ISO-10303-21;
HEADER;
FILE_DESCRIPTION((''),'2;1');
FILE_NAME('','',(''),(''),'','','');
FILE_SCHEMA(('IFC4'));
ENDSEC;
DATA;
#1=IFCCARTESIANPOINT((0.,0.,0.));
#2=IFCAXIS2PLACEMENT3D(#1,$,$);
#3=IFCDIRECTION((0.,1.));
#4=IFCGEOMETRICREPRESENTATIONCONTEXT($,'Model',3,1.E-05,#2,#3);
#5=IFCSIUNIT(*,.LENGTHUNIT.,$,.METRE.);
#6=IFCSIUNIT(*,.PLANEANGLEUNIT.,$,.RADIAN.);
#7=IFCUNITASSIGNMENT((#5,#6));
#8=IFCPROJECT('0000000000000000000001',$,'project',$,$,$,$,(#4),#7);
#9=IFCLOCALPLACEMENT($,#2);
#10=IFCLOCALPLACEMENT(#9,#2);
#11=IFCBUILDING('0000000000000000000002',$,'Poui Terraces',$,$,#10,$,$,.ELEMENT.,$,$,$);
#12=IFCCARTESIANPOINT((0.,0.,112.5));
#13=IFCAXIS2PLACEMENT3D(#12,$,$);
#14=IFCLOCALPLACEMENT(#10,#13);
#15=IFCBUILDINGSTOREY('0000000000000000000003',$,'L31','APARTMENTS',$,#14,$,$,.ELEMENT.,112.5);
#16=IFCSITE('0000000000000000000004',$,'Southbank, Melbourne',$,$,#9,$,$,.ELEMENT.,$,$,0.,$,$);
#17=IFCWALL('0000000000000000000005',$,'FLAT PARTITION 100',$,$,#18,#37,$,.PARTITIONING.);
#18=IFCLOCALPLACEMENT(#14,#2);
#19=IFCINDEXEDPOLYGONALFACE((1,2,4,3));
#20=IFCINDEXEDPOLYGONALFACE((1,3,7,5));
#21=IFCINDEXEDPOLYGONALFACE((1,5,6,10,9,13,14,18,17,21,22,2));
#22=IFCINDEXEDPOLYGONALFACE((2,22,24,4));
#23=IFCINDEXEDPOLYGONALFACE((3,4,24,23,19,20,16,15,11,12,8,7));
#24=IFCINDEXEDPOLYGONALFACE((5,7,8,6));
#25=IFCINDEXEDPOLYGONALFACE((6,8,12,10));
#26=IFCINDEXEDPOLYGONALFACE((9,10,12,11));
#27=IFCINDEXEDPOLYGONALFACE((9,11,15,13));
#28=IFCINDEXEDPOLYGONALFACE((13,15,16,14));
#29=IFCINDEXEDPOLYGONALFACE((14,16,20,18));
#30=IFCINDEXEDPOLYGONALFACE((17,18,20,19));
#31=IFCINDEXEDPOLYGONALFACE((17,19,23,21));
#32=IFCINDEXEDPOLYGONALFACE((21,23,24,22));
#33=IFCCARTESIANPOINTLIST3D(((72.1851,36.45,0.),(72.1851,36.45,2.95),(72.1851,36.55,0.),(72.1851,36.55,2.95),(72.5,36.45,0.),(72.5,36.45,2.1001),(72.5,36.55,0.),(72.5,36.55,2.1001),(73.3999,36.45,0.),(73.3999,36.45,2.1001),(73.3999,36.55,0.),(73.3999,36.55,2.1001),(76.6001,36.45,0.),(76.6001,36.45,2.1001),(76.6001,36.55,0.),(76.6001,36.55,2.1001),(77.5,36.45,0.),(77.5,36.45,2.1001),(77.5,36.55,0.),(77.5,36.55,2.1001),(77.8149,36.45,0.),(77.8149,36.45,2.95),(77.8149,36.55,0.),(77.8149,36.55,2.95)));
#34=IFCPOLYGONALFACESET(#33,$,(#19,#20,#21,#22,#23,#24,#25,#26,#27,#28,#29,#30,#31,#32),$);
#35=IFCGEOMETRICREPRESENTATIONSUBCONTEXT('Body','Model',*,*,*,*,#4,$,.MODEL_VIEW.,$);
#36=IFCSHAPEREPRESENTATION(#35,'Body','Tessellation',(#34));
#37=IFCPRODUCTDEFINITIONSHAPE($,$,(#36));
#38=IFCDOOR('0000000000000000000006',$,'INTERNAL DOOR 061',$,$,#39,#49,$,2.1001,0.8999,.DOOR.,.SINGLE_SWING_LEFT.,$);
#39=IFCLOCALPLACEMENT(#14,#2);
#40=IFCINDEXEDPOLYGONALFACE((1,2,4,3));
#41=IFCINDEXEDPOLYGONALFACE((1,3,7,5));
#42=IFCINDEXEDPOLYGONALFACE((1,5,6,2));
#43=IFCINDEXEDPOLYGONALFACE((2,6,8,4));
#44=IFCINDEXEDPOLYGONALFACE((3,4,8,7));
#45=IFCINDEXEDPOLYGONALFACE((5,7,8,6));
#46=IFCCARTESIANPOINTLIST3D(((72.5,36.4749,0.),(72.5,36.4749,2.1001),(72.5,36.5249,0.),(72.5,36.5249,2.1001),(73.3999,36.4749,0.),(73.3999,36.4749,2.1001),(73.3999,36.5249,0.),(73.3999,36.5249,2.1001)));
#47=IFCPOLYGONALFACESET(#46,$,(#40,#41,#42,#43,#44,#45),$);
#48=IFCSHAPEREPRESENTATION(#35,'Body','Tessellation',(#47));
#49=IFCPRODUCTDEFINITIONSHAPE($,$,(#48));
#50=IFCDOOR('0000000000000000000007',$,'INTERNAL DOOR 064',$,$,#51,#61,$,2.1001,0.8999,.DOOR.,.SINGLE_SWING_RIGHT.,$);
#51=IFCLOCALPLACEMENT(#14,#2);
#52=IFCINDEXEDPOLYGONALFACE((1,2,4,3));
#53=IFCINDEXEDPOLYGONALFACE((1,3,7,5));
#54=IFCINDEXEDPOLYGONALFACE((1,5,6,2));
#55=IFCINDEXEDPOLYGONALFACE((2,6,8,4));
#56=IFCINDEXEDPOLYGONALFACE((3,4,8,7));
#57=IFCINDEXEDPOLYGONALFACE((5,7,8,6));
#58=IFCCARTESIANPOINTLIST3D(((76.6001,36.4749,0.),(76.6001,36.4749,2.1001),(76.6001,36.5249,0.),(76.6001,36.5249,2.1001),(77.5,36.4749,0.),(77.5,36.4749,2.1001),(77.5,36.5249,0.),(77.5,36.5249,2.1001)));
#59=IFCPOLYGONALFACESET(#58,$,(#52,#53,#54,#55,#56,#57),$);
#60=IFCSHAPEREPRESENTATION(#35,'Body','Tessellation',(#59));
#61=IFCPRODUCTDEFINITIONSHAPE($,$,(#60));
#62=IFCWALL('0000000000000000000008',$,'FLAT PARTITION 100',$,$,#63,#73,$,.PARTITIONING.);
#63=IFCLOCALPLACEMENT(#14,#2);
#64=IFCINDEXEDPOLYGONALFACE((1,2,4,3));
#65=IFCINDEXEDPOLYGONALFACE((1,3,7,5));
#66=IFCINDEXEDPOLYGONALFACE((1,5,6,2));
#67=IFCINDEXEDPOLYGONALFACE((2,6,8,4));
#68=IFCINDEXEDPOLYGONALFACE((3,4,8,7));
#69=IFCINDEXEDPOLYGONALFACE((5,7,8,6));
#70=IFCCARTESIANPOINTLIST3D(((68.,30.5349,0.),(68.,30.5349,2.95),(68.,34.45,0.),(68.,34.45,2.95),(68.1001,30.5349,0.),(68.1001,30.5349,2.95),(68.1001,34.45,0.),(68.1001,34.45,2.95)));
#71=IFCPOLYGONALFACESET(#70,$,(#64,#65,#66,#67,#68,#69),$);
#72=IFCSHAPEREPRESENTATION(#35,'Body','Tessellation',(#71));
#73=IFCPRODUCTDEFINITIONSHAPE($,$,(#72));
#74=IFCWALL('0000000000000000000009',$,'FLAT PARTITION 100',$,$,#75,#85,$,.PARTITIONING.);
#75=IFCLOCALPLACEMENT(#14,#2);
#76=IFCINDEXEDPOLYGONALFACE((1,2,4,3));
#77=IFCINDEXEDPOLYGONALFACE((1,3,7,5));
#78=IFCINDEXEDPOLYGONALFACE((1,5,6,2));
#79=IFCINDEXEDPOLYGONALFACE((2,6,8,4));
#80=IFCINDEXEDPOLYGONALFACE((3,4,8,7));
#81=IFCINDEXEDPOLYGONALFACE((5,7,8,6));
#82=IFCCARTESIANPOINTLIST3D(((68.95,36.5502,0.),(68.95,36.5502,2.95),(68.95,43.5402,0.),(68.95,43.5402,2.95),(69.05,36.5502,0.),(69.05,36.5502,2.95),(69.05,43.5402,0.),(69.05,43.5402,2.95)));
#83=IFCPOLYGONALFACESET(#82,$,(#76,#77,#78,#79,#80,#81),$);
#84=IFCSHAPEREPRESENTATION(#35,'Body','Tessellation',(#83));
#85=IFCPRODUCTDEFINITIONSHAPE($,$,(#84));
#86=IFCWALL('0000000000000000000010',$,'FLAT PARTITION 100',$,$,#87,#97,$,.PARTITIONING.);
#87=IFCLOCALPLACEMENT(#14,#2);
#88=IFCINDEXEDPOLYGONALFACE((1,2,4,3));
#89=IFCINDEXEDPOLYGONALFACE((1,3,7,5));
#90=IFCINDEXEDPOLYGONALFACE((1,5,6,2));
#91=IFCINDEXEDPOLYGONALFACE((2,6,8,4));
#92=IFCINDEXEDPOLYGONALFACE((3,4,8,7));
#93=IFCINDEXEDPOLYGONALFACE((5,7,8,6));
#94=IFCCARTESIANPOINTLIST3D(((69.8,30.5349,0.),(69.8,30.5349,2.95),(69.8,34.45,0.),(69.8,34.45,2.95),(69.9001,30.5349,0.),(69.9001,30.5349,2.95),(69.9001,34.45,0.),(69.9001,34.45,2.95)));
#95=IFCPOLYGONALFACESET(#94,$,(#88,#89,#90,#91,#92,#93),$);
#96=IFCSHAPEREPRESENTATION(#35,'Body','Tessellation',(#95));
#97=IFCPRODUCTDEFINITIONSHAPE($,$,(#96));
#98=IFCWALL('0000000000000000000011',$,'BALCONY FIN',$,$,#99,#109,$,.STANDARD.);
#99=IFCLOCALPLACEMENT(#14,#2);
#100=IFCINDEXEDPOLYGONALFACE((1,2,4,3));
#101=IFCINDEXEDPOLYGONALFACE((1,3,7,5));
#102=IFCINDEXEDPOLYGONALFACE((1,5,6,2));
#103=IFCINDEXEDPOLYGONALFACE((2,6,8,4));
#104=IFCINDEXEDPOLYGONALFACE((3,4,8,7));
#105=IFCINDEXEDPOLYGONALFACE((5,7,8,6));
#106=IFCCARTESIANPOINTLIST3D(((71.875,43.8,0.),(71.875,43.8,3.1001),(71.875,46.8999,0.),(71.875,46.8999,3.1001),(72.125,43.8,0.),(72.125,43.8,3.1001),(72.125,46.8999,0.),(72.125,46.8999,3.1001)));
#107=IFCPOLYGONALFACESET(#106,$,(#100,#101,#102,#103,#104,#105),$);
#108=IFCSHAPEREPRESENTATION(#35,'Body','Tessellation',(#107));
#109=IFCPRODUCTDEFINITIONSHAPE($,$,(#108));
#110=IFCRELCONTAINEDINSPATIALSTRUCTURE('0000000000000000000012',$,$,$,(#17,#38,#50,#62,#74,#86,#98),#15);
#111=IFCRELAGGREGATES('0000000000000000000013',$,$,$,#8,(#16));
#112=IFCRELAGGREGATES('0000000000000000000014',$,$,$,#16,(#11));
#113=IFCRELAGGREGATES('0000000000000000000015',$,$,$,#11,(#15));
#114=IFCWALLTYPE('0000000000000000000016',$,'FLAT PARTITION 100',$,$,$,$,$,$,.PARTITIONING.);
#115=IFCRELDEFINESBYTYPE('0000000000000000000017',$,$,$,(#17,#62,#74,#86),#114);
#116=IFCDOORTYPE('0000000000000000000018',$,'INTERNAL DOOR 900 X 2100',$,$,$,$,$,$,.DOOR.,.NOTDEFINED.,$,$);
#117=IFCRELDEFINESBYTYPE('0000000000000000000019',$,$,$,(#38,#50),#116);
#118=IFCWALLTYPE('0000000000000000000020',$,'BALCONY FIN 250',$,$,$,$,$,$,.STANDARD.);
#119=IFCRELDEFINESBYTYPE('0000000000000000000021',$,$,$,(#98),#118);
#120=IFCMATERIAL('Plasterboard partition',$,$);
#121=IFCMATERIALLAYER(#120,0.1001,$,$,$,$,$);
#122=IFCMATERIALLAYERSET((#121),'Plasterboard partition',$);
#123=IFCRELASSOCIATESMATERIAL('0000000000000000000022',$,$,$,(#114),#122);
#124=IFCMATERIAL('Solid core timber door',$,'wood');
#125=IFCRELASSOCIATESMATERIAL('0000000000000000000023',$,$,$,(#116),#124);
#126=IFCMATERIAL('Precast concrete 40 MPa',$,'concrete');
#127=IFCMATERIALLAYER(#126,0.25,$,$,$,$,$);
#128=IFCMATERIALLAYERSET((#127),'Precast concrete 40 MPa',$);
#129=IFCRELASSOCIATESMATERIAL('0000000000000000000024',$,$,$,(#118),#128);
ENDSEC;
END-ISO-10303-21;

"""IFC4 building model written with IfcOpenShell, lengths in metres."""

from ifc_helpers import new_model, si_unit, direction, frame, frame_2d, origin, place, context, subcontext, project, spatial, polyline, rectangle, outline, extrude, source, transform, mapped, material, layer, layer_set, type_object, element, fill, save


model = new_model("IFC4")

# Units and contexts
model_context = context("Model", 3, precision=1e-05, world=origin(), true_north=direction((0.0, 1.0)))
body_context = subcontext(model_context, "Body", "Model", "MODEL_VIEW")
ifc_project = project(units=[si_unit("LENGTHUNIT", "METRE"), si_unit("PLANEANGLEUNIT", "RADIAN")], contexts=[model_context])

# Site, building, storey
site_placement = place(None, origin())
site = spatial("IfcSite", under=ifc_project, at=site_placement, Name="Southbank, Melbourne", CompositionType="ELEMENT", RefElevation=0.0)
building_placement = place(site_placement, origin())
building = spatial("IfcBuilding", under=site, at=building_placement, Name="Poui Terraces", CompositionType="ELEMENT")
storey_placement = place(building_placement, frame((0.0, 0.0, 112.5)))
storey = spatial("IfcBuildingStorey", under=building, at=storey_placement, Name="L31", Description="APARTMENTS", CompositionType="ELEMENT", Elevation=112.5)

# Shared definitions
ifc_material_1 = material(Name="Plasterboard partition")
ifc_layer_1 = layer(ifc_material_1, 0.1001)
ifc_layer_set_1 = layer_set([ifc_layer_1], Name="Plasterboard partition")
wall_type_1 = type_object("IfcWallType", Name="FLAT PARTITION 100", PredefinedType="PARTITIONING", material=ifc_layer_set_1)
ifc_material_2 = material(Name="Solid core timber door", Category="wood")
door_type_1 = type_object("IfcDoorType", Name="INTERNAL DOOR 900 X 2100", OperationType="NOTDEFINED", PredefinedType="DOOR", material=ifc_material_2)

# Wall, openings, doors
wall_1_placement = place(storey_placement, frame((72.1851, 36.5, 0.0), z_axis=(0.0, 0.0, 1.0), x_axis=(1.0, 0.0, 0.0)))
wall_1 = element("IfcWall", 1, at=wall_1_placement, inside=storey, type_object=wall_type_1, Name="FLAT PARTITION 100", PredefinedType="PARTITIONING", context=body_context, shape_type="SweptSolid", body=[
    extrude(rectangle(XDim=5.6299, YDim=0.1001, at=frame_2d((2.8149, 0.0))), origin(), (0.0, 0.0, 1.0), 2.95),
])
opening_1_placement = place(wall_1_placement, frame((0.3149, 0.0, 0.0)))
opening_1 = element("IfcOpeningElement", 2, at=opening_1_placement, cuts=wall_1, PredefinedType="OPENING", context=body_context, shape_type="SweptSolid", body=[
    extrude(rectangle(XDim=0.8999, YDim=2.1001, at=frame_2d((0.45, 1.05))), frame((0.0, 0.0601, 0.0), z_axis=(0.0, -1.0, 0.0), x_axis=(1.0, 0.0, 0.0)), (0.0, 0.0, 1.0), 0.1201),
])
opening_2_placement = place(wall_1_placement, frame((4.415, 0.0, 0.0)))
opening_2 = element("IfcOpeningElement", 3, at=opening_2_placement, cuts=wall_1, PredefinedType="OPENING", context=body_context, shape_type="SweptSolid", body=[
    extrude(rectangle(XDim=0.8999, YDim=2.1001, at=frame_2d((0.45, 1.05))), frame((0.0, 0.0601, 0.0), z_axis=(0.0, -1.0, 0.0), x_axis=(1.0, 0.0, 0.0)), (0.0, 0.0, 1.0), 0.1201),
])
door_1_placement = place(opening_1_placement, origin())
door_1 = element("IfcDoor", 4, at=door_1_placement, inside=storey, type_object=door_type_1, Name="INTERNAL DOOR 061", OperationType="SINGLE_SWING_LEFT", OverallHeight=2.1001, OverallWidth=0.8999, PredefinedType="DOOR", context=body_context, shape_type="SweptSolid", body=[
    extrude(rectangle(XDim=0.8999, YDim=2.1001, at=frame_2d((0.45, 1.05))), frame((0.0, 0.0249, 0.0), z_axis=(0.0, -1.0, 0.0), x_axis=(1.0, 0.0, 0.0)), (0.0, 0.0, 1.0), 0.05),
])
fill(opening_1, door_1)
door_2_placement = place(opening_2_placement, origin())
door_2 = element("IfcDoor", 5, at=door_2_placement, inside=storey, type_object=door_type_1, Name="INTERNAL DOOR 064", OperationType="SINGLE_SWING_RIGHT", OverallHeight=2.1001, OverallWidth=0.8999, PredefinedType="DOOR", context=body_context, shape_type="SweptSolid", body=[
    extrude(rectangle(XDim=0.8999, YDim=2.1001, at=frame_2d((0.45, 1.05))), frame((0.0, 0.0249, 0.0), z_axis=(0.0, -1.0, 0.0), x_axis=(1.0, 0.0, 0.0)), (0.0, 0.0, 1.0), 0.05),
])
fill(opening_2, door_2)

# Walls
wall_2_placement = place(storey_placement, frame((68.05, 30.5349, 0.0), z_axis=(0.0, 0.0, 1.0), x_axis=(0.0, 1.0, 0.0)))
element("IfcWall", 6, at=wall_2_placement, inside=storey, type_object=wall_type_1, Name="FLAT PARTITION 100", PredefinedType="PARTITIONING", context=body_context, shape_type="SweptSolid", body=[
    extrude(rectangle(XDim=3.915, YDim=0.1001, at=frame_2d((1.9575, 0.0))), origin(), (0.0, 0.0, 1.0), 2.95),
])
wall_3_placement = place(storey_placement, frame((69.0, 36.55, 0.0), z_axis=(0.0, 0.0, 1.0), x_axis=(0.0, 1.0, 0.0)))
element("IfcWall", 7, at=wall_3_placement, inside=storey, type_object=wall_type_1, Name="FLAT PARTITION 100", PredefinedType="PARTITIONING", context=body_context, shape_type="SweptSolid", body=[
    extrude(rectangle(XDim=6.99, YDim=0.1001, at=frame_2d((3.4951, 0.0))), origin(), (0.0, 0.0, 1.0), 2.95),
])
wall_4_placement = place(storey_placement, frame((69.8501, 30.5349, 0.0), z_axis=(0.0, 0.0, 1.0), x_axis=(0.0, 1.0, 0.0)))
element("IfcWall", 8, at=wall_4_placement, inside=storey, type_object=wall_type_1, Name="FLAT PARTITION 100", PredefinedType="PARTITIONING", context=body_context, shape_type="SweptSolid", body=[
    extrude(rectangle(XDim=3.915, YDim=0.1001, at=frame_2d((1.9575, 0.0))), origin(), (0.0, 0.0, 1.0), 2.95),
])
ifc_material_3 = material(Name="Precast concrete 40 MPa", Category="concrete")
ifc_layer_2 = layer(ifc_material_3, 0.25)
ifc_layer_set_2 = layer_set([ifc_layer_2], Name="Precast concrete 40 MPa")
wall_type_2 = type_object("IfcWallType", Name="BALCONY FIN 250", PredefinedType="STANDARD", material=ifc_layer_set_2)
shared_shape_1 = source(origin(), body_context, "Body", "SweptSolid", [
    extrude(outline(polyline([(0.0, 0.0), (0.25, 0.0), (0.25, 3.0999), (0.0, 3.0999), (0.0, 0.0)])), origin(), (0.0, 0.0, 1.0), 3.1001),
])
wall_5_placement = place(storey_placement, frame((71.875, 43.8, 0.0)))
element("IfcWall", 9, at=wall_5_placement, inside=storey, type_object=wall_type_2, Name="BALCONY FIN", PredefinedType="STANDARD", context=body_context, shape_type="MappedRepresentation", body=[
    mapped(shared_shape_1, transform((0.0, 0.0, 0.0))),
])

save(model, "model.ifc")
